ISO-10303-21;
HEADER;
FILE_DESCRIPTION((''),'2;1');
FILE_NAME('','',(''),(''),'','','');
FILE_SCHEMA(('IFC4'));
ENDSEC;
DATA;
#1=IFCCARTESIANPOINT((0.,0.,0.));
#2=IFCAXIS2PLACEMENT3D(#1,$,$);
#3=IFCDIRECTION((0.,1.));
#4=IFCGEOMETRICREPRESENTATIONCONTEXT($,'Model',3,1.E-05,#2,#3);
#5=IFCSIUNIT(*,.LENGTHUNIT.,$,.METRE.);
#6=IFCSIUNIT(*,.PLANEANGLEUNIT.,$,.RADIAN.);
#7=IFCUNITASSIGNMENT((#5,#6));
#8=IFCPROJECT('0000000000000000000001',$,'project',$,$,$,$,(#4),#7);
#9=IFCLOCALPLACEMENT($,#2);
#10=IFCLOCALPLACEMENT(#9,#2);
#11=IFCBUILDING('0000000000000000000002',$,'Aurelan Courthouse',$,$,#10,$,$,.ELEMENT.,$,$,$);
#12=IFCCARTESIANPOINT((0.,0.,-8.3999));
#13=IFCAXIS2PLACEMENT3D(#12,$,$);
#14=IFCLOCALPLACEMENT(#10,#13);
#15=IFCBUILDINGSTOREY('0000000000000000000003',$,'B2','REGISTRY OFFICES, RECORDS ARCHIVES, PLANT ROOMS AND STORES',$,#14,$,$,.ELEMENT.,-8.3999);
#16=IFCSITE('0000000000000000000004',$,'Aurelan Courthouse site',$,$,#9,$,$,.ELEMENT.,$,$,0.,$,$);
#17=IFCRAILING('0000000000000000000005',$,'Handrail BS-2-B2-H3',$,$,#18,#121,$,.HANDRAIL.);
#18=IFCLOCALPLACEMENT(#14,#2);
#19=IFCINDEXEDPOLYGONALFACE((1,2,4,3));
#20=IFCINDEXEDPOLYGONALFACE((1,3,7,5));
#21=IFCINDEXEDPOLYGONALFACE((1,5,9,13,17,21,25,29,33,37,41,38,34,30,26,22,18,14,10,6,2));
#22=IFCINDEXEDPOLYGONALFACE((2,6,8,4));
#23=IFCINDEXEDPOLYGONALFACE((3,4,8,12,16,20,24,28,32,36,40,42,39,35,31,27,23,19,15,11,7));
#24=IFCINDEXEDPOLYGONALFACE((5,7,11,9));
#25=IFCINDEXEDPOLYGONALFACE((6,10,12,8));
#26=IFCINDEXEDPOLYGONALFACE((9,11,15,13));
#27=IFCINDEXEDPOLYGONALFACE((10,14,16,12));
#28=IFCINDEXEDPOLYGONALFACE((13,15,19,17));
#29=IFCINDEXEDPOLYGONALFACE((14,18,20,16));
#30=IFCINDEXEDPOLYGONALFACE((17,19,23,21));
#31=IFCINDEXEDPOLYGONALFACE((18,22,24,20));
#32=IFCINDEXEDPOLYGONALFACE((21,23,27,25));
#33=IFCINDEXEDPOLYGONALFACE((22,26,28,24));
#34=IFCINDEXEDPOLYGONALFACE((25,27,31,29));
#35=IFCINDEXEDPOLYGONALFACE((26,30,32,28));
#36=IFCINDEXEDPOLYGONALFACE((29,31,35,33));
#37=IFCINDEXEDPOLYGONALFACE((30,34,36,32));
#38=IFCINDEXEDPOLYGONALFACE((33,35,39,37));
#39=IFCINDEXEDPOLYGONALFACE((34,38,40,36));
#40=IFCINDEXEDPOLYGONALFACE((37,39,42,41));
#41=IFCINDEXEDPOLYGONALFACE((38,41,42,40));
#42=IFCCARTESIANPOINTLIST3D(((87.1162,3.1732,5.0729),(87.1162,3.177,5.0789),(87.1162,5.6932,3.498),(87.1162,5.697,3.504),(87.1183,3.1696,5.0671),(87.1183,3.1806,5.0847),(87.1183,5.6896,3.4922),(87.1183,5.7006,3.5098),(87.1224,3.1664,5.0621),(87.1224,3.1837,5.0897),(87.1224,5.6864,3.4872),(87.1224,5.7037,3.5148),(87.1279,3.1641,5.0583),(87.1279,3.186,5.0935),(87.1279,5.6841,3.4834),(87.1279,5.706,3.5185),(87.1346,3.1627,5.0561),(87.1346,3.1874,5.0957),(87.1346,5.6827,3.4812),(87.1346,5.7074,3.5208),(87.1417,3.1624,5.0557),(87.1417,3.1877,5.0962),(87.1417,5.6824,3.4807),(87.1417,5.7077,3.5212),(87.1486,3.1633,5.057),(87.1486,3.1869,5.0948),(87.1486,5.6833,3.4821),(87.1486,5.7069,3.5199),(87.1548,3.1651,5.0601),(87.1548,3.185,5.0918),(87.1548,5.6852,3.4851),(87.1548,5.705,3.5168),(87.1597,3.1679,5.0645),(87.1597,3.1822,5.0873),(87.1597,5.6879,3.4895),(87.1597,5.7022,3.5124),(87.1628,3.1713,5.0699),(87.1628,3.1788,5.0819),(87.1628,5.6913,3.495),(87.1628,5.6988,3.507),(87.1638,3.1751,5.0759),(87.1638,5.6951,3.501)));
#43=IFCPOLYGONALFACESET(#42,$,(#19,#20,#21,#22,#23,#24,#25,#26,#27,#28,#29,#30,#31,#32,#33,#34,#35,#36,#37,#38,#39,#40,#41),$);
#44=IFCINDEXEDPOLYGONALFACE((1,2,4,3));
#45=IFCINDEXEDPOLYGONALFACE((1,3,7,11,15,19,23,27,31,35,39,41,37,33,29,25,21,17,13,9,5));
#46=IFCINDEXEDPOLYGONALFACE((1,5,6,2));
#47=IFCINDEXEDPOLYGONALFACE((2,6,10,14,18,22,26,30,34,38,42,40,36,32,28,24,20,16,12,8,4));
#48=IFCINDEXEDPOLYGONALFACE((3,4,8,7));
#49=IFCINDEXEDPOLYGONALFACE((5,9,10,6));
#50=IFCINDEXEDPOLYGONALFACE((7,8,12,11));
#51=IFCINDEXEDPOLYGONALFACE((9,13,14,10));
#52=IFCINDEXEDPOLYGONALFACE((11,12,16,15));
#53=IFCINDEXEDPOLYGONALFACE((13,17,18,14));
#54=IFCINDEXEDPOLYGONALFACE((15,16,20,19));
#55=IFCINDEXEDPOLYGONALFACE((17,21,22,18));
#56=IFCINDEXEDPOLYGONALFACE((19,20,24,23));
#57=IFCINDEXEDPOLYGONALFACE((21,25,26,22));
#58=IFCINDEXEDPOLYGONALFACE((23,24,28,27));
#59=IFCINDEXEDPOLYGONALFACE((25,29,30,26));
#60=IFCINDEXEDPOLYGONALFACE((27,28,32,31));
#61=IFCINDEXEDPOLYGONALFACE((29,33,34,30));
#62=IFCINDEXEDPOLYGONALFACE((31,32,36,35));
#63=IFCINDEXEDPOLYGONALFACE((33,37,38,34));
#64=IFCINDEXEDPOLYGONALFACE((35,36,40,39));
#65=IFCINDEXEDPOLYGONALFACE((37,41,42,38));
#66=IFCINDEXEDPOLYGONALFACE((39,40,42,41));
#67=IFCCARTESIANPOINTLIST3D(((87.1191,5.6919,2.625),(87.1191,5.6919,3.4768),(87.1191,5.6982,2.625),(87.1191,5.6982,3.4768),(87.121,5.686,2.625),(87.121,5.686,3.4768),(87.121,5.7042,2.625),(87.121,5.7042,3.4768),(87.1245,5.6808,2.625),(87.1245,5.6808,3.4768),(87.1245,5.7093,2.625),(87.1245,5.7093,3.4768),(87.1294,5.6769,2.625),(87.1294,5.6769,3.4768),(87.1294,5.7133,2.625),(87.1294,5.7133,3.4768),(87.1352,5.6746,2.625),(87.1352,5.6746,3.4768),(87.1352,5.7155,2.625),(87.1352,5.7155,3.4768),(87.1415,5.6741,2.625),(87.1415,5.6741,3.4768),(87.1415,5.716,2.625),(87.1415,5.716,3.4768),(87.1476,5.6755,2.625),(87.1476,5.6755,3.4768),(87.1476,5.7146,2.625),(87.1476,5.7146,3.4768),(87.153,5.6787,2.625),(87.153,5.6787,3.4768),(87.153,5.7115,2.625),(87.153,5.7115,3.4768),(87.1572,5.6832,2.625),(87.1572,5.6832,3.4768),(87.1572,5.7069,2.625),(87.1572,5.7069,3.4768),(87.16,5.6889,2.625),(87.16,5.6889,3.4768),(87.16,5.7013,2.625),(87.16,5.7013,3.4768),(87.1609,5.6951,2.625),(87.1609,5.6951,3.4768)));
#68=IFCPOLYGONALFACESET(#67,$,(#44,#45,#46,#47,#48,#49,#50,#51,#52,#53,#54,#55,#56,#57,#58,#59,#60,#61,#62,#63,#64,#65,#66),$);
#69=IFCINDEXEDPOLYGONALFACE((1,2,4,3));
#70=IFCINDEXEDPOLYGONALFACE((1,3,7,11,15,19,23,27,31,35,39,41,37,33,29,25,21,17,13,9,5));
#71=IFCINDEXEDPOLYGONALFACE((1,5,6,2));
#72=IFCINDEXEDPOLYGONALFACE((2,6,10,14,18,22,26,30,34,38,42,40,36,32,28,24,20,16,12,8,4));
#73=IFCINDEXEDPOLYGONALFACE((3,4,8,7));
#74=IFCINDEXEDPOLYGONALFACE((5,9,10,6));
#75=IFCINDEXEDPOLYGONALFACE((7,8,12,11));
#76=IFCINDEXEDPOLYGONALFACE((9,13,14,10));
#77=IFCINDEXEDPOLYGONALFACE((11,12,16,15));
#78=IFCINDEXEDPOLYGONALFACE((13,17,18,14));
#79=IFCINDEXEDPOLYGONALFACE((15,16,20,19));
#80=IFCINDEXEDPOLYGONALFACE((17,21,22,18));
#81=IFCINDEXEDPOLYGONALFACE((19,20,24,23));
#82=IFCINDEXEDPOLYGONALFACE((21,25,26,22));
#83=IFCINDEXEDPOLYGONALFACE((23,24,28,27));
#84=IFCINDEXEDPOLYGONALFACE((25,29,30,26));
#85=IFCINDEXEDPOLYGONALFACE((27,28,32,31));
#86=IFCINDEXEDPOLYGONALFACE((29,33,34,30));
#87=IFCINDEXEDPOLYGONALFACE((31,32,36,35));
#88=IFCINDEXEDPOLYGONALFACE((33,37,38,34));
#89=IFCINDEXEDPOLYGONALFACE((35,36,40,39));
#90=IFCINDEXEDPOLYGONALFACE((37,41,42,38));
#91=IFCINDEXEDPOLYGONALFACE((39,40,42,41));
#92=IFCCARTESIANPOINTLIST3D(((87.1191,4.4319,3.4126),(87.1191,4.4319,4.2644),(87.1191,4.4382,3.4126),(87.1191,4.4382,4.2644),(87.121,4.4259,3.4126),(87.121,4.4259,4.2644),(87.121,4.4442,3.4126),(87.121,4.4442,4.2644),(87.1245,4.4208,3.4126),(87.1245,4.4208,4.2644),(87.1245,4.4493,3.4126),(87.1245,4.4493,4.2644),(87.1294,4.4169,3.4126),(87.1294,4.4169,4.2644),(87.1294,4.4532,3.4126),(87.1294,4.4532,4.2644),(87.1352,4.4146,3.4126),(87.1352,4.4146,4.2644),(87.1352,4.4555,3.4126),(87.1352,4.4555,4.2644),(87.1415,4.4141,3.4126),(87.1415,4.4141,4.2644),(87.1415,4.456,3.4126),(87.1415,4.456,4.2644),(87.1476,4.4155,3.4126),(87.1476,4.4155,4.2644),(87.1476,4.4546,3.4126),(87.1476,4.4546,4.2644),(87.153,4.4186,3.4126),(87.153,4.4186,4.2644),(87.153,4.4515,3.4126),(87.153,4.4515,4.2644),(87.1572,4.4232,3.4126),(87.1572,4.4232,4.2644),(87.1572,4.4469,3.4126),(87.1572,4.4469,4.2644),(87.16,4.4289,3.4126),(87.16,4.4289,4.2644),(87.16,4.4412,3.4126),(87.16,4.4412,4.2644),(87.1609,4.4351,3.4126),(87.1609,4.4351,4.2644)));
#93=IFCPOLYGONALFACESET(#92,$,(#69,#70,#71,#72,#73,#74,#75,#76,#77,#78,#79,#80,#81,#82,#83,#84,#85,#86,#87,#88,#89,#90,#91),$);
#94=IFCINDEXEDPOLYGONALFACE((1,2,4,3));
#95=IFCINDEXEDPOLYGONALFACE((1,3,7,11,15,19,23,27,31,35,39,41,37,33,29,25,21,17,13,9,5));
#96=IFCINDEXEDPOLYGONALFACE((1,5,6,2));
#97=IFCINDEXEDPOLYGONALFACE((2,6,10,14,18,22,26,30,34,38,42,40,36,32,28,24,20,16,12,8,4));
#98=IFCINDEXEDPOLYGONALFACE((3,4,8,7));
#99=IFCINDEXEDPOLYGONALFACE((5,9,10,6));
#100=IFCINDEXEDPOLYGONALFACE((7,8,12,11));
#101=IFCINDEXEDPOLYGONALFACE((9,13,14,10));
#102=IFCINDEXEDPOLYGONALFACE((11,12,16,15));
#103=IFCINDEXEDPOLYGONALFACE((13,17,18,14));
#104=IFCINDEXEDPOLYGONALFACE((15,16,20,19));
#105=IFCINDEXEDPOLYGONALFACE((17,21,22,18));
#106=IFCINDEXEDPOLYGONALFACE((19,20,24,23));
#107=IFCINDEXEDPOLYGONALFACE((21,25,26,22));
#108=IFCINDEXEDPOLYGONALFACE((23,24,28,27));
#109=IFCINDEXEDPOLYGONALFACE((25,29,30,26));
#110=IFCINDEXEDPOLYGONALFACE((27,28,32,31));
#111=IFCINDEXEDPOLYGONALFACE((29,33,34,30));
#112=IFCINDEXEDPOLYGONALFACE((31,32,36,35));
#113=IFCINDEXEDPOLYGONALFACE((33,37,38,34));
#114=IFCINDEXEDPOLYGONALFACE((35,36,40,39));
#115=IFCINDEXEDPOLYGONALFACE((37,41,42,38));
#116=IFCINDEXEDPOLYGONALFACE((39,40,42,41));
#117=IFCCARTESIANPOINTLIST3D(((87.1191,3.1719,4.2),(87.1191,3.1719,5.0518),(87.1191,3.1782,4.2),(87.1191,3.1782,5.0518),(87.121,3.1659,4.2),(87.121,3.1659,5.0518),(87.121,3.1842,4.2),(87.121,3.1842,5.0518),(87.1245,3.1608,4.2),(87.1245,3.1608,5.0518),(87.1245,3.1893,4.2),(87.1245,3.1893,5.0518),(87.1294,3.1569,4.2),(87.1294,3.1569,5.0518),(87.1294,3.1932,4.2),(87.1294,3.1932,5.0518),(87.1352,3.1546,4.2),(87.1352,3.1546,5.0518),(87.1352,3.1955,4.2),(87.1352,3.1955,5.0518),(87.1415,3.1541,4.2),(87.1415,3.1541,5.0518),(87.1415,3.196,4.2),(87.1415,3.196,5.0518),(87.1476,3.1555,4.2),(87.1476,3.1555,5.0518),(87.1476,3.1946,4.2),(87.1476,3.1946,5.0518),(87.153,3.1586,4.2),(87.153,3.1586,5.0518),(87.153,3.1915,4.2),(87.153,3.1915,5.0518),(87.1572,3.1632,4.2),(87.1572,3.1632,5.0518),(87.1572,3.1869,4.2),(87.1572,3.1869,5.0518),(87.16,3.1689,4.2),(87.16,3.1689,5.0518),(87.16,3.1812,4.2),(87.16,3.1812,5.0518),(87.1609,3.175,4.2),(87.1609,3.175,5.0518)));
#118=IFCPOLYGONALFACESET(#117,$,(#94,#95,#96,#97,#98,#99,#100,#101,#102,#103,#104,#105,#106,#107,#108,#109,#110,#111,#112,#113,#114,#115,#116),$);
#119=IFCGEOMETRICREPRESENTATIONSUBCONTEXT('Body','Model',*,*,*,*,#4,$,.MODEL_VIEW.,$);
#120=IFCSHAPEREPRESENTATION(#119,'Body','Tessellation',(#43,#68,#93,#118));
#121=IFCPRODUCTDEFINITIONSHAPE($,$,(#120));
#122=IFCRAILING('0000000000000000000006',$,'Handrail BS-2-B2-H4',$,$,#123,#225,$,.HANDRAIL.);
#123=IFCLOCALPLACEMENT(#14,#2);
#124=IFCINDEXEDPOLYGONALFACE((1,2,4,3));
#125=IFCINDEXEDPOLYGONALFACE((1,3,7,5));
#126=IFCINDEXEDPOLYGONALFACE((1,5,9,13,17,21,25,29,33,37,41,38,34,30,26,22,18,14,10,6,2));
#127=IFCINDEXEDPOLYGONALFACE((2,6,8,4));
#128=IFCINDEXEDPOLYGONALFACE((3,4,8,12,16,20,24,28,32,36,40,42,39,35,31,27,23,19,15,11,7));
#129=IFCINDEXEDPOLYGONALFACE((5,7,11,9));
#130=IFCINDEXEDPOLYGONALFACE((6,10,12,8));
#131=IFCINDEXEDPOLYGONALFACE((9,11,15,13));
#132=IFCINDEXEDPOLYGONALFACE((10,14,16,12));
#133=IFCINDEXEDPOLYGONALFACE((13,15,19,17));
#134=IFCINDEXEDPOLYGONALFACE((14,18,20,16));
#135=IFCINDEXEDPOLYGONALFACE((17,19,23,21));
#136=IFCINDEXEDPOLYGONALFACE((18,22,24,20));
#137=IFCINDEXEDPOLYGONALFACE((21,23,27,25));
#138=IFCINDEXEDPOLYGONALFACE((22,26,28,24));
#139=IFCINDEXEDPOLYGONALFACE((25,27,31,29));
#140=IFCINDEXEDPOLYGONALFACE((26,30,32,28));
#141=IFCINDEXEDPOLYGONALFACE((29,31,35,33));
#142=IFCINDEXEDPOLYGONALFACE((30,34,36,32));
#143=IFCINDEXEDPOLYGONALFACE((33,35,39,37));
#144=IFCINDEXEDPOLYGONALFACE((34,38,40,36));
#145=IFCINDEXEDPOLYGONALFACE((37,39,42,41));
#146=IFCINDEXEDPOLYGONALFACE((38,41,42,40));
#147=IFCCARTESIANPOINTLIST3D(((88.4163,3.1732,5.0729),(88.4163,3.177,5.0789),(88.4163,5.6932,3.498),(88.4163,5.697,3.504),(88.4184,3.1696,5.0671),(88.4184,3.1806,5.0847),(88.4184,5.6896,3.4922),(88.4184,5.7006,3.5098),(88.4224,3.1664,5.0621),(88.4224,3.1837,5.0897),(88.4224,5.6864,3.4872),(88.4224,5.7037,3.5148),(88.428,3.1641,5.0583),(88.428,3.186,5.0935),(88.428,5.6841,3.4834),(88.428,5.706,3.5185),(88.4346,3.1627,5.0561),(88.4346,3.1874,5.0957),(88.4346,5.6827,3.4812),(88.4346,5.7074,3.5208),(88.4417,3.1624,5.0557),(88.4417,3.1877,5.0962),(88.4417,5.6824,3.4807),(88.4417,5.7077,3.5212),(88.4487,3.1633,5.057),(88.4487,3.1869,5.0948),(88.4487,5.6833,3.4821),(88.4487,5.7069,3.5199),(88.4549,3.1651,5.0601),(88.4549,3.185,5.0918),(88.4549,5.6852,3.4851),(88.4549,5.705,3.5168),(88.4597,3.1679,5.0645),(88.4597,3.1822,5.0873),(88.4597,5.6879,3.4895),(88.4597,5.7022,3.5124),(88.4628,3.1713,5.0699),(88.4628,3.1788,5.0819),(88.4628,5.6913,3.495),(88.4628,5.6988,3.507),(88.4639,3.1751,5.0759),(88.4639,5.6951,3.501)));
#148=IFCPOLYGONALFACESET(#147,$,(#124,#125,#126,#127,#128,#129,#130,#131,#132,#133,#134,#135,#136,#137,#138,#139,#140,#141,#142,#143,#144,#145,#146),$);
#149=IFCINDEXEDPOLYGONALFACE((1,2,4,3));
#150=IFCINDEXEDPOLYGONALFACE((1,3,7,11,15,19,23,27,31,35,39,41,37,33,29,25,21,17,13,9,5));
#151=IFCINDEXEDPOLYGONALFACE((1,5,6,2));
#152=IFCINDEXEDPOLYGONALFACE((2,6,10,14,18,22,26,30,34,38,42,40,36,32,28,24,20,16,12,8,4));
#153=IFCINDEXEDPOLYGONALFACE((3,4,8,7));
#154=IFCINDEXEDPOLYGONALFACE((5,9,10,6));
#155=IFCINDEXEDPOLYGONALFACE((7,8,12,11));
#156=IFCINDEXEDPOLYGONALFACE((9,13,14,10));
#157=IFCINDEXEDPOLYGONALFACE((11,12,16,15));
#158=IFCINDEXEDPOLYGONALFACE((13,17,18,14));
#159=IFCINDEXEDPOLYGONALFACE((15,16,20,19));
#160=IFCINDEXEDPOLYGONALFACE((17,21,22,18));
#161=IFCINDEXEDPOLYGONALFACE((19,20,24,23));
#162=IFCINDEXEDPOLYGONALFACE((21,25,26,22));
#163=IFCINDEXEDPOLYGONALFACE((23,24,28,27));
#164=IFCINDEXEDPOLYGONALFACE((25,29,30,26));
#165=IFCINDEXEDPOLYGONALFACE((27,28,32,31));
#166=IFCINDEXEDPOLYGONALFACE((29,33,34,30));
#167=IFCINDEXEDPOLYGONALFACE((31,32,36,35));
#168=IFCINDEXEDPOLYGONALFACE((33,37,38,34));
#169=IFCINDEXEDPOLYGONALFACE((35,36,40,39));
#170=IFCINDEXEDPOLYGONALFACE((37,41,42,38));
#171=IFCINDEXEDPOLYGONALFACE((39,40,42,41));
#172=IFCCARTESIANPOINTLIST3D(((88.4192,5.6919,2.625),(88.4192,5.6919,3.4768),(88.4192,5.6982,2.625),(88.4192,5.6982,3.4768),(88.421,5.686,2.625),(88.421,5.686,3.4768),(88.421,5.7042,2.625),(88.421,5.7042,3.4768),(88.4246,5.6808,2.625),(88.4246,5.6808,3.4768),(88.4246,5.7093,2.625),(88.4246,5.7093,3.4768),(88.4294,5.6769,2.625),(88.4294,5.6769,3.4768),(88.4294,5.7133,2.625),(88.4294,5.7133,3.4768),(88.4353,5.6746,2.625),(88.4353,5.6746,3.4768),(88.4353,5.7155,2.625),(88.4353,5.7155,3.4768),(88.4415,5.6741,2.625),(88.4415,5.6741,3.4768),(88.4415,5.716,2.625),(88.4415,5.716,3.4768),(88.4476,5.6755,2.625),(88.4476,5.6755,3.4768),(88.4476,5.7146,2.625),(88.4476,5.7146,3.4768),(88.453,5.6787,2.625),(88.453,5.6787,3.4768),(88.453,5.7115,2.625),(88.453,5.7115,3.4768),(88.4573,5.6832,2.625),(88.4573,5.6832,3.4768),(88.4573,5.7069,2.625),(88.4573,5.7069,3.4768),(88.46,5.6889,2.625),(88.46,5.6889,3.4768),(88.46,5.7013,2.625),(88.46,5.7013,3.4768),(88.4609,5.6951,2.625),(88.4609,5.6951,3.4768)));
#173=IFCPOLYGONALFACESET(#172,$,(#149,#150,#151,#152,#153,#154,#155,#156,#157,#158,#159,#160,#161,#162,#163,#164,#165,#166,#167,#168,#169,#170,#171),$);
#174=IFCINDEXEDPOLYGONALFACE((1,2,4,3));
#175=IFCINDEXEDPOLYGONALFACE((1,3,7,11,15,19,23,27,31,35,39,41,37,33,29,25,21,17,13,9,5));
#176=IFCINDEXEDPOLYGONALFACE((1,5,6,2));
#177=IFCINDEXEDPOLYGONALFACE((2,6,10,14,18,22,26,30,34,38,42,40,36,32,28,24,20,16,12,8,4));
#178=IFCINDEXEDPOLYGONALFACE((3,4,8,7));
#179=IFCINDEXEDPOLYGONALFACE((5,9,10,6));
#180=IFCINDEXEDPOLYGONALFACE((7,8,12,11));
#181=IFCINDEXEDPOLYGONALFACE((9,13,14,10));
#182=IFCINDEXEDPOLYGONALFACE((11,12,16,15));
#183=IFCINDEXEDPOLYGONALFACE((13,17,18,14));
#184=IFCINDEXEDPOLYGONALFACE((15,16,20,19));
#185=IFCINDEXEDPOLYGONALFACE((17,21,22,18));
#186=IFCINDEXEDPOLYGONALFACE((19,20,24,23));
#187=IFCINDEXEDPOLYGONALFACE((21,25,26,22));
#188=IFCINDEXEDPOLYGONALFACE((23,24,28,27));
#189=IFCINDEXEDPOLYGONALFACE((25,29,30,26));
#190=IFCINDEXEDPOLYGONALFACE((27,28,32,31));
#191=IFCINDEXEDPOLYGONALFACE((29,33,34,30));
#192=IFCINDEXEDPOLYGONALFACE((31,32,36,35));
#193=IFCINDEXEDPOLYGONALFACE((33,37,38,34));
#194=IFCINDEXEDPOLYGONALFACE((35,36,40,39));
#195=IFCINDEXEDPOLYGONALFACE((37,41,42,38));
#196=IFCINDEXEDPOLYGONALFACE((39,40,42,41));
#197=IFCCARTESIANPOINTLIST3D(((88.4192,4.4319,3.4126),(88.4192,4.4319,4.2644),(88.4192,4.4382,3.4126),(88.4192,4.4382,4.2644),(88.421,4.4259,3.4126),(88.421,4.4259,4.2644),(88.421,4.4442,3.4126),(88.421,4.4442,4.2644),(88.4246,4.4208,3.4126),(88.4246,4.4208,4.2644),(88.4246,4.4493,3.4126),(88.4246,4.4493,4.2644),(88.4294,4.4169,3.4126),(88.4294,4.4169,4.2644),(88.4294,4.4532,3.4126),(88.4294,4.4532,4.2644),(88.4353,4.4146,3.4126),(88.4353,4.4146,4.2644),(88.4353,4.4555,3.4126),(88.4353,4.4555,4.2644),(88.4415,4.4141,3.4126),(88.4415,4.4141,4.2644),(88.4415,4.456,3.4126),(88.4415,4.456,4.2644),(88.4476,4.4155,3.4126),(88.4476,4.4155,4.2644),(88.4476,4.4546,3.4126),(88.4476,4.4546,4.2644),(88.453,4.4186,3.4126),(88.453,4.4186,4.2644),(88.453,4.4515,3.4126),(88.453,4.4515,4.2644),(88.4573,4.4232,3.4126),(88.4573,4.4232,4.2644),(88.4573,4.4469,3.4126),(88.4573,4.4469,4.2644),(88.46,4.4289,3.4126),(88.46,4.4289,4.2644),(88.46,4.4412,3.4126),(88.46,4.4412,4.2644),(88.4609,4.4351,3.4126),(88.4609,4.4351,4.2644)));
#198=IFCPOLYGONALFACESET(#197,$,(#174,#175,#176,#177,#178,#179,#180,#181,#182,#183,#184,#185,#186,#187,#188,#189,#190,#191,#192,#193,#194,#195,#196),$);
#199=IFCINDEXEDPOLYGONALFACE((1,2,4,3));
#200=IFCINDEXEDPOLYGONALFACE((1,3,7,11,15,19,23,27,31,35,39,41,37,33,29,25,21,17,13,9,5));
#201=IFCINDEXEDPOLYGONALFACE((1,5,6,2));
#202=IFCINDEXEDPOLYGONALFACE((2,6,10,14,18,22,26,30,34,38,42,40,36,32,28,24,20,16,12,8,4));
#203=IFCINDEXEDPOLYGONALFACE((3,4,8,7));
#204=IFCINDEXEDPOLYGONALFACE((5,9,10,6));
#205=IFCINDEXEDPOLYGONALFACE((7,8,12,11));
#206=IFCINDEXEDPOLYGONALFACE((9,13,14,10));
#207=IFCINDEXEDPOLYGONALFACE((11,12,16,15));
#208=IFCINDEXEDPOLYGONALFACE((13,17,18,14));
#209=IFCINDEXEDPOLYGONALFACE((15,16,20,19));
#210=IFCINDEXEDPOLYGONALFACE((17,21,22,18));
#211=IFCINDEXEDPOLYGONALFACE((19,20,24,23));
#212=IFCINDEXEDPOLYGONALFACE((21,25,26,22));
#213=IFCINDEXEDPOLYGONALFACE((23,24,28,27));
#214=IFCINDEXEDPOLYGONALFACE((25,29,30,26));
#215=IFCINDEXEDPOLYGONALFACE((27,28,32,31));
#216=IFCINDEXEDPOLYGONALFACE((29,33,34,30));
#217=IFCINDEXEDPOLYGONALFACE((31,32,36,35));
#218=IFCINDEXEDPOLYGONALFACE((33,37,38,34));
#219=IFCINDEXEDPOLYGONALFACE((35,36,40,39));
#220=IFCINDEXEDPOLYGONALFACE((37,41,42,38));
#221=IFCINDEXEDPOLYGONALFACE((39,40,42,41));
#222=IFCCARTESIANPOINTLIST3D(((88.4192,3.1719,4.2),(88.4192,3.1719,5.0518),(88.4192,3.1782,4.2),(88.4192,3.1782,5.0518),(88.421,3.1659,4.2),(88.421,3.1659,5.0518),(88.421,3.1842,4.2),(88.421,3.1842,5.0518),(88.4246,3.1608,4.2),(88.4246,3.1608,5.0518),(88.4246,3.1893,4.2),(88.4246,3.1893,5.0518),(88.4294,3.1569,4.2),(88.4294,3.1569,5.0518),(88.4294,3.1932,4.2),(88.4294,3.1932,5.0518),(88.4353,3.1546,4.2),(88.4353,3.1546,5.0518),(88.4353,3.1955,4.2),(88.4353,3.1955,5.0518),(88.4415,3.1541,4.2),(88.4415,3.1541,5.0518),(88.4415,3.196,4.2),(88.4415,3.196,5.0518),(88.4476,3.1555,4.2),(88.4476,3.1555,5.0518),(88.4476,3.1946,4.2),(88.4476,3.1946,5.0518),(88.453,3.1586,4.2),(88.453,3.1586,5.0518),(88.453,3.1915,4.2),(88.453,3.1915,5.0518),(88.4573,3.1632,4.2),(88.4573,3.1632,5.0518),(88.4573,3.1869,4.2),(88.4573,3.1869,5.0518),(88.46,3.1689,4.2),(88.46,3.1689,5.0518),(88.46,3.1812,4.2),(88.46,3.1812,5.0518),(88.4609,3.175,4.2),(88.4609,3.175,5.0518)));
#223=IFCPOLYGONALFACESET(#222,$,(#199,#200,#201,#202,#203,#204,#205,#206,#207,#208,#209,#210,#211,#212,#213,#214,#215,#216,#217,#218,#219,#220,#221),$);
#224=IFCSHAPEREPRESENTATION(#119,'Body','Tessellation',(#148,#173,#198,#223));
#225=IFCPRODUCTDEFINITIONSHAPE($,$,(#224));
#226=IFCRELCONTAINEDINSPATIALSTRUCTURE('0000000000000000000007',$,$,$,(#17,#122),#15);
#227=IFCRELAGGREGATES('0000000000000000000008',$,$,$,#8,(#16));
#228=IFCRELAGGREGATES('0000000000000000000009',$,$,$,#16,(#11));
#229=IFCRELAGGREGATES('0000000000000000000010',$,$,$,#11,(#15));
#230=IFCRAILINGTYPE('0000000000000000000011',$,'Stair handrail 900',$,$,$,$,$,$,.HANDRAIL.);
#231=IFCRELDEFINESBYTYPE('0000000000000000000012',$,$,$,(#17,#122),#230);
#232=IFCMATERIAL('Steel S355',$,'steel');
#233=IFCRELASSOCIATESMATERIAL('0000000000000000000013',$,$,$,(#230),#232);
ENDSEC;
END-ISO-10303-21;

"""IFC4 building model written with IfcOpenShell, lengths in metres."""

from ifc_helpers import new_model, si_unit, direction, frame, origin, origin_2d, place, context, subcontext, project, spatial, circle, extrude, material, type_object, element, save


model = new_model("IFC4")

# Units and contexts
model_context = context("Model", 3, precision=1e-05, world=origin(), true_north=direction((0.0, 1.0)))
body_context = subcontext(model_context, "Body", "Model", "MODEL_VIEW")
ifc_project = project(units=[si_unit("LENGTHUNIT", "METRE"), si_unit("PLANEANGLEUNIT", "RADIAN")], contexts=[model_context])

# Site, building, storey
site_placement = place(None, origin())
site = spatial("IfcSite", under=ifc_project, at=site_placement, Name="Aurelan Courthouse site", CompositionType="ELEMENT", RefElevation=0.0)
building_placement = place(site_placement, origin())
building = spatial("IfcBuilding", under=site, at=building_placement, Name="Aurelan Courthouse", CompositionType="ELEMENT")
storey_placement = place(building_placement, frame((0.0, 0.0, -8.3999)))
storey = spatial("IfcBuildingStorey", under=building, at=storey_placement, Name="B2", Description="REGISTRY OFFICES, RECORDS ARCHIVES, PLANT ROOMS AND STORES", CompositionType="ELEMENT", Elevation=-8.3999)

# Railings
ifc_material_1 = material(Name="Steel S355", Category="steel")
railing_type_1 = type_object("IfcRailingType", Name="Stair handrail 900", PredefinedType="HANDRAIL", material=ifc_material_1)
for number, where, name in (
    (1, (87.1399, 5.6951, 2.625), "Handrail BS-2-B2-H3"),
    (2, (88.4399, 5.6951, 2.625), "Handrail BS-2-B2-H4"),
):
    element("IfcRailing", number, at=place(storey_placement, frame(where)), inside=storey, type_object=railing_type_1, Name=name, PredefinedType="HANDRAIL", context=body_context, shape_type="SweptSolid", body=[
        extrude(circle(Radius=0.0239, at=origin_2d()), frame((0.0, 0.0, 0.876), z_axis=(0.0, -0.848008, 0.529984), x_axis=(1.0, 0.0, 0.0)), (0.0, 0.0, 1.0), 2.9717),
        extrude(circle(Radius=0.021, at=origin_2d()), origin(), (0.0, 0.0, 1.0), 0.8518),
        extrude(circle(Radius=0.021, at=origin_2d()), frame((0.0, -1.26, 0.7876)), (0.0, 0.0, 1.0), 0.8518),
        extrude(circle(Radius=0.021, at=origin_2d()), frame((0.0, -2.52, 1.575)), (0.0, 0.0, 1.0), 0.8518),
    ])

save(model, "model.ifc")
